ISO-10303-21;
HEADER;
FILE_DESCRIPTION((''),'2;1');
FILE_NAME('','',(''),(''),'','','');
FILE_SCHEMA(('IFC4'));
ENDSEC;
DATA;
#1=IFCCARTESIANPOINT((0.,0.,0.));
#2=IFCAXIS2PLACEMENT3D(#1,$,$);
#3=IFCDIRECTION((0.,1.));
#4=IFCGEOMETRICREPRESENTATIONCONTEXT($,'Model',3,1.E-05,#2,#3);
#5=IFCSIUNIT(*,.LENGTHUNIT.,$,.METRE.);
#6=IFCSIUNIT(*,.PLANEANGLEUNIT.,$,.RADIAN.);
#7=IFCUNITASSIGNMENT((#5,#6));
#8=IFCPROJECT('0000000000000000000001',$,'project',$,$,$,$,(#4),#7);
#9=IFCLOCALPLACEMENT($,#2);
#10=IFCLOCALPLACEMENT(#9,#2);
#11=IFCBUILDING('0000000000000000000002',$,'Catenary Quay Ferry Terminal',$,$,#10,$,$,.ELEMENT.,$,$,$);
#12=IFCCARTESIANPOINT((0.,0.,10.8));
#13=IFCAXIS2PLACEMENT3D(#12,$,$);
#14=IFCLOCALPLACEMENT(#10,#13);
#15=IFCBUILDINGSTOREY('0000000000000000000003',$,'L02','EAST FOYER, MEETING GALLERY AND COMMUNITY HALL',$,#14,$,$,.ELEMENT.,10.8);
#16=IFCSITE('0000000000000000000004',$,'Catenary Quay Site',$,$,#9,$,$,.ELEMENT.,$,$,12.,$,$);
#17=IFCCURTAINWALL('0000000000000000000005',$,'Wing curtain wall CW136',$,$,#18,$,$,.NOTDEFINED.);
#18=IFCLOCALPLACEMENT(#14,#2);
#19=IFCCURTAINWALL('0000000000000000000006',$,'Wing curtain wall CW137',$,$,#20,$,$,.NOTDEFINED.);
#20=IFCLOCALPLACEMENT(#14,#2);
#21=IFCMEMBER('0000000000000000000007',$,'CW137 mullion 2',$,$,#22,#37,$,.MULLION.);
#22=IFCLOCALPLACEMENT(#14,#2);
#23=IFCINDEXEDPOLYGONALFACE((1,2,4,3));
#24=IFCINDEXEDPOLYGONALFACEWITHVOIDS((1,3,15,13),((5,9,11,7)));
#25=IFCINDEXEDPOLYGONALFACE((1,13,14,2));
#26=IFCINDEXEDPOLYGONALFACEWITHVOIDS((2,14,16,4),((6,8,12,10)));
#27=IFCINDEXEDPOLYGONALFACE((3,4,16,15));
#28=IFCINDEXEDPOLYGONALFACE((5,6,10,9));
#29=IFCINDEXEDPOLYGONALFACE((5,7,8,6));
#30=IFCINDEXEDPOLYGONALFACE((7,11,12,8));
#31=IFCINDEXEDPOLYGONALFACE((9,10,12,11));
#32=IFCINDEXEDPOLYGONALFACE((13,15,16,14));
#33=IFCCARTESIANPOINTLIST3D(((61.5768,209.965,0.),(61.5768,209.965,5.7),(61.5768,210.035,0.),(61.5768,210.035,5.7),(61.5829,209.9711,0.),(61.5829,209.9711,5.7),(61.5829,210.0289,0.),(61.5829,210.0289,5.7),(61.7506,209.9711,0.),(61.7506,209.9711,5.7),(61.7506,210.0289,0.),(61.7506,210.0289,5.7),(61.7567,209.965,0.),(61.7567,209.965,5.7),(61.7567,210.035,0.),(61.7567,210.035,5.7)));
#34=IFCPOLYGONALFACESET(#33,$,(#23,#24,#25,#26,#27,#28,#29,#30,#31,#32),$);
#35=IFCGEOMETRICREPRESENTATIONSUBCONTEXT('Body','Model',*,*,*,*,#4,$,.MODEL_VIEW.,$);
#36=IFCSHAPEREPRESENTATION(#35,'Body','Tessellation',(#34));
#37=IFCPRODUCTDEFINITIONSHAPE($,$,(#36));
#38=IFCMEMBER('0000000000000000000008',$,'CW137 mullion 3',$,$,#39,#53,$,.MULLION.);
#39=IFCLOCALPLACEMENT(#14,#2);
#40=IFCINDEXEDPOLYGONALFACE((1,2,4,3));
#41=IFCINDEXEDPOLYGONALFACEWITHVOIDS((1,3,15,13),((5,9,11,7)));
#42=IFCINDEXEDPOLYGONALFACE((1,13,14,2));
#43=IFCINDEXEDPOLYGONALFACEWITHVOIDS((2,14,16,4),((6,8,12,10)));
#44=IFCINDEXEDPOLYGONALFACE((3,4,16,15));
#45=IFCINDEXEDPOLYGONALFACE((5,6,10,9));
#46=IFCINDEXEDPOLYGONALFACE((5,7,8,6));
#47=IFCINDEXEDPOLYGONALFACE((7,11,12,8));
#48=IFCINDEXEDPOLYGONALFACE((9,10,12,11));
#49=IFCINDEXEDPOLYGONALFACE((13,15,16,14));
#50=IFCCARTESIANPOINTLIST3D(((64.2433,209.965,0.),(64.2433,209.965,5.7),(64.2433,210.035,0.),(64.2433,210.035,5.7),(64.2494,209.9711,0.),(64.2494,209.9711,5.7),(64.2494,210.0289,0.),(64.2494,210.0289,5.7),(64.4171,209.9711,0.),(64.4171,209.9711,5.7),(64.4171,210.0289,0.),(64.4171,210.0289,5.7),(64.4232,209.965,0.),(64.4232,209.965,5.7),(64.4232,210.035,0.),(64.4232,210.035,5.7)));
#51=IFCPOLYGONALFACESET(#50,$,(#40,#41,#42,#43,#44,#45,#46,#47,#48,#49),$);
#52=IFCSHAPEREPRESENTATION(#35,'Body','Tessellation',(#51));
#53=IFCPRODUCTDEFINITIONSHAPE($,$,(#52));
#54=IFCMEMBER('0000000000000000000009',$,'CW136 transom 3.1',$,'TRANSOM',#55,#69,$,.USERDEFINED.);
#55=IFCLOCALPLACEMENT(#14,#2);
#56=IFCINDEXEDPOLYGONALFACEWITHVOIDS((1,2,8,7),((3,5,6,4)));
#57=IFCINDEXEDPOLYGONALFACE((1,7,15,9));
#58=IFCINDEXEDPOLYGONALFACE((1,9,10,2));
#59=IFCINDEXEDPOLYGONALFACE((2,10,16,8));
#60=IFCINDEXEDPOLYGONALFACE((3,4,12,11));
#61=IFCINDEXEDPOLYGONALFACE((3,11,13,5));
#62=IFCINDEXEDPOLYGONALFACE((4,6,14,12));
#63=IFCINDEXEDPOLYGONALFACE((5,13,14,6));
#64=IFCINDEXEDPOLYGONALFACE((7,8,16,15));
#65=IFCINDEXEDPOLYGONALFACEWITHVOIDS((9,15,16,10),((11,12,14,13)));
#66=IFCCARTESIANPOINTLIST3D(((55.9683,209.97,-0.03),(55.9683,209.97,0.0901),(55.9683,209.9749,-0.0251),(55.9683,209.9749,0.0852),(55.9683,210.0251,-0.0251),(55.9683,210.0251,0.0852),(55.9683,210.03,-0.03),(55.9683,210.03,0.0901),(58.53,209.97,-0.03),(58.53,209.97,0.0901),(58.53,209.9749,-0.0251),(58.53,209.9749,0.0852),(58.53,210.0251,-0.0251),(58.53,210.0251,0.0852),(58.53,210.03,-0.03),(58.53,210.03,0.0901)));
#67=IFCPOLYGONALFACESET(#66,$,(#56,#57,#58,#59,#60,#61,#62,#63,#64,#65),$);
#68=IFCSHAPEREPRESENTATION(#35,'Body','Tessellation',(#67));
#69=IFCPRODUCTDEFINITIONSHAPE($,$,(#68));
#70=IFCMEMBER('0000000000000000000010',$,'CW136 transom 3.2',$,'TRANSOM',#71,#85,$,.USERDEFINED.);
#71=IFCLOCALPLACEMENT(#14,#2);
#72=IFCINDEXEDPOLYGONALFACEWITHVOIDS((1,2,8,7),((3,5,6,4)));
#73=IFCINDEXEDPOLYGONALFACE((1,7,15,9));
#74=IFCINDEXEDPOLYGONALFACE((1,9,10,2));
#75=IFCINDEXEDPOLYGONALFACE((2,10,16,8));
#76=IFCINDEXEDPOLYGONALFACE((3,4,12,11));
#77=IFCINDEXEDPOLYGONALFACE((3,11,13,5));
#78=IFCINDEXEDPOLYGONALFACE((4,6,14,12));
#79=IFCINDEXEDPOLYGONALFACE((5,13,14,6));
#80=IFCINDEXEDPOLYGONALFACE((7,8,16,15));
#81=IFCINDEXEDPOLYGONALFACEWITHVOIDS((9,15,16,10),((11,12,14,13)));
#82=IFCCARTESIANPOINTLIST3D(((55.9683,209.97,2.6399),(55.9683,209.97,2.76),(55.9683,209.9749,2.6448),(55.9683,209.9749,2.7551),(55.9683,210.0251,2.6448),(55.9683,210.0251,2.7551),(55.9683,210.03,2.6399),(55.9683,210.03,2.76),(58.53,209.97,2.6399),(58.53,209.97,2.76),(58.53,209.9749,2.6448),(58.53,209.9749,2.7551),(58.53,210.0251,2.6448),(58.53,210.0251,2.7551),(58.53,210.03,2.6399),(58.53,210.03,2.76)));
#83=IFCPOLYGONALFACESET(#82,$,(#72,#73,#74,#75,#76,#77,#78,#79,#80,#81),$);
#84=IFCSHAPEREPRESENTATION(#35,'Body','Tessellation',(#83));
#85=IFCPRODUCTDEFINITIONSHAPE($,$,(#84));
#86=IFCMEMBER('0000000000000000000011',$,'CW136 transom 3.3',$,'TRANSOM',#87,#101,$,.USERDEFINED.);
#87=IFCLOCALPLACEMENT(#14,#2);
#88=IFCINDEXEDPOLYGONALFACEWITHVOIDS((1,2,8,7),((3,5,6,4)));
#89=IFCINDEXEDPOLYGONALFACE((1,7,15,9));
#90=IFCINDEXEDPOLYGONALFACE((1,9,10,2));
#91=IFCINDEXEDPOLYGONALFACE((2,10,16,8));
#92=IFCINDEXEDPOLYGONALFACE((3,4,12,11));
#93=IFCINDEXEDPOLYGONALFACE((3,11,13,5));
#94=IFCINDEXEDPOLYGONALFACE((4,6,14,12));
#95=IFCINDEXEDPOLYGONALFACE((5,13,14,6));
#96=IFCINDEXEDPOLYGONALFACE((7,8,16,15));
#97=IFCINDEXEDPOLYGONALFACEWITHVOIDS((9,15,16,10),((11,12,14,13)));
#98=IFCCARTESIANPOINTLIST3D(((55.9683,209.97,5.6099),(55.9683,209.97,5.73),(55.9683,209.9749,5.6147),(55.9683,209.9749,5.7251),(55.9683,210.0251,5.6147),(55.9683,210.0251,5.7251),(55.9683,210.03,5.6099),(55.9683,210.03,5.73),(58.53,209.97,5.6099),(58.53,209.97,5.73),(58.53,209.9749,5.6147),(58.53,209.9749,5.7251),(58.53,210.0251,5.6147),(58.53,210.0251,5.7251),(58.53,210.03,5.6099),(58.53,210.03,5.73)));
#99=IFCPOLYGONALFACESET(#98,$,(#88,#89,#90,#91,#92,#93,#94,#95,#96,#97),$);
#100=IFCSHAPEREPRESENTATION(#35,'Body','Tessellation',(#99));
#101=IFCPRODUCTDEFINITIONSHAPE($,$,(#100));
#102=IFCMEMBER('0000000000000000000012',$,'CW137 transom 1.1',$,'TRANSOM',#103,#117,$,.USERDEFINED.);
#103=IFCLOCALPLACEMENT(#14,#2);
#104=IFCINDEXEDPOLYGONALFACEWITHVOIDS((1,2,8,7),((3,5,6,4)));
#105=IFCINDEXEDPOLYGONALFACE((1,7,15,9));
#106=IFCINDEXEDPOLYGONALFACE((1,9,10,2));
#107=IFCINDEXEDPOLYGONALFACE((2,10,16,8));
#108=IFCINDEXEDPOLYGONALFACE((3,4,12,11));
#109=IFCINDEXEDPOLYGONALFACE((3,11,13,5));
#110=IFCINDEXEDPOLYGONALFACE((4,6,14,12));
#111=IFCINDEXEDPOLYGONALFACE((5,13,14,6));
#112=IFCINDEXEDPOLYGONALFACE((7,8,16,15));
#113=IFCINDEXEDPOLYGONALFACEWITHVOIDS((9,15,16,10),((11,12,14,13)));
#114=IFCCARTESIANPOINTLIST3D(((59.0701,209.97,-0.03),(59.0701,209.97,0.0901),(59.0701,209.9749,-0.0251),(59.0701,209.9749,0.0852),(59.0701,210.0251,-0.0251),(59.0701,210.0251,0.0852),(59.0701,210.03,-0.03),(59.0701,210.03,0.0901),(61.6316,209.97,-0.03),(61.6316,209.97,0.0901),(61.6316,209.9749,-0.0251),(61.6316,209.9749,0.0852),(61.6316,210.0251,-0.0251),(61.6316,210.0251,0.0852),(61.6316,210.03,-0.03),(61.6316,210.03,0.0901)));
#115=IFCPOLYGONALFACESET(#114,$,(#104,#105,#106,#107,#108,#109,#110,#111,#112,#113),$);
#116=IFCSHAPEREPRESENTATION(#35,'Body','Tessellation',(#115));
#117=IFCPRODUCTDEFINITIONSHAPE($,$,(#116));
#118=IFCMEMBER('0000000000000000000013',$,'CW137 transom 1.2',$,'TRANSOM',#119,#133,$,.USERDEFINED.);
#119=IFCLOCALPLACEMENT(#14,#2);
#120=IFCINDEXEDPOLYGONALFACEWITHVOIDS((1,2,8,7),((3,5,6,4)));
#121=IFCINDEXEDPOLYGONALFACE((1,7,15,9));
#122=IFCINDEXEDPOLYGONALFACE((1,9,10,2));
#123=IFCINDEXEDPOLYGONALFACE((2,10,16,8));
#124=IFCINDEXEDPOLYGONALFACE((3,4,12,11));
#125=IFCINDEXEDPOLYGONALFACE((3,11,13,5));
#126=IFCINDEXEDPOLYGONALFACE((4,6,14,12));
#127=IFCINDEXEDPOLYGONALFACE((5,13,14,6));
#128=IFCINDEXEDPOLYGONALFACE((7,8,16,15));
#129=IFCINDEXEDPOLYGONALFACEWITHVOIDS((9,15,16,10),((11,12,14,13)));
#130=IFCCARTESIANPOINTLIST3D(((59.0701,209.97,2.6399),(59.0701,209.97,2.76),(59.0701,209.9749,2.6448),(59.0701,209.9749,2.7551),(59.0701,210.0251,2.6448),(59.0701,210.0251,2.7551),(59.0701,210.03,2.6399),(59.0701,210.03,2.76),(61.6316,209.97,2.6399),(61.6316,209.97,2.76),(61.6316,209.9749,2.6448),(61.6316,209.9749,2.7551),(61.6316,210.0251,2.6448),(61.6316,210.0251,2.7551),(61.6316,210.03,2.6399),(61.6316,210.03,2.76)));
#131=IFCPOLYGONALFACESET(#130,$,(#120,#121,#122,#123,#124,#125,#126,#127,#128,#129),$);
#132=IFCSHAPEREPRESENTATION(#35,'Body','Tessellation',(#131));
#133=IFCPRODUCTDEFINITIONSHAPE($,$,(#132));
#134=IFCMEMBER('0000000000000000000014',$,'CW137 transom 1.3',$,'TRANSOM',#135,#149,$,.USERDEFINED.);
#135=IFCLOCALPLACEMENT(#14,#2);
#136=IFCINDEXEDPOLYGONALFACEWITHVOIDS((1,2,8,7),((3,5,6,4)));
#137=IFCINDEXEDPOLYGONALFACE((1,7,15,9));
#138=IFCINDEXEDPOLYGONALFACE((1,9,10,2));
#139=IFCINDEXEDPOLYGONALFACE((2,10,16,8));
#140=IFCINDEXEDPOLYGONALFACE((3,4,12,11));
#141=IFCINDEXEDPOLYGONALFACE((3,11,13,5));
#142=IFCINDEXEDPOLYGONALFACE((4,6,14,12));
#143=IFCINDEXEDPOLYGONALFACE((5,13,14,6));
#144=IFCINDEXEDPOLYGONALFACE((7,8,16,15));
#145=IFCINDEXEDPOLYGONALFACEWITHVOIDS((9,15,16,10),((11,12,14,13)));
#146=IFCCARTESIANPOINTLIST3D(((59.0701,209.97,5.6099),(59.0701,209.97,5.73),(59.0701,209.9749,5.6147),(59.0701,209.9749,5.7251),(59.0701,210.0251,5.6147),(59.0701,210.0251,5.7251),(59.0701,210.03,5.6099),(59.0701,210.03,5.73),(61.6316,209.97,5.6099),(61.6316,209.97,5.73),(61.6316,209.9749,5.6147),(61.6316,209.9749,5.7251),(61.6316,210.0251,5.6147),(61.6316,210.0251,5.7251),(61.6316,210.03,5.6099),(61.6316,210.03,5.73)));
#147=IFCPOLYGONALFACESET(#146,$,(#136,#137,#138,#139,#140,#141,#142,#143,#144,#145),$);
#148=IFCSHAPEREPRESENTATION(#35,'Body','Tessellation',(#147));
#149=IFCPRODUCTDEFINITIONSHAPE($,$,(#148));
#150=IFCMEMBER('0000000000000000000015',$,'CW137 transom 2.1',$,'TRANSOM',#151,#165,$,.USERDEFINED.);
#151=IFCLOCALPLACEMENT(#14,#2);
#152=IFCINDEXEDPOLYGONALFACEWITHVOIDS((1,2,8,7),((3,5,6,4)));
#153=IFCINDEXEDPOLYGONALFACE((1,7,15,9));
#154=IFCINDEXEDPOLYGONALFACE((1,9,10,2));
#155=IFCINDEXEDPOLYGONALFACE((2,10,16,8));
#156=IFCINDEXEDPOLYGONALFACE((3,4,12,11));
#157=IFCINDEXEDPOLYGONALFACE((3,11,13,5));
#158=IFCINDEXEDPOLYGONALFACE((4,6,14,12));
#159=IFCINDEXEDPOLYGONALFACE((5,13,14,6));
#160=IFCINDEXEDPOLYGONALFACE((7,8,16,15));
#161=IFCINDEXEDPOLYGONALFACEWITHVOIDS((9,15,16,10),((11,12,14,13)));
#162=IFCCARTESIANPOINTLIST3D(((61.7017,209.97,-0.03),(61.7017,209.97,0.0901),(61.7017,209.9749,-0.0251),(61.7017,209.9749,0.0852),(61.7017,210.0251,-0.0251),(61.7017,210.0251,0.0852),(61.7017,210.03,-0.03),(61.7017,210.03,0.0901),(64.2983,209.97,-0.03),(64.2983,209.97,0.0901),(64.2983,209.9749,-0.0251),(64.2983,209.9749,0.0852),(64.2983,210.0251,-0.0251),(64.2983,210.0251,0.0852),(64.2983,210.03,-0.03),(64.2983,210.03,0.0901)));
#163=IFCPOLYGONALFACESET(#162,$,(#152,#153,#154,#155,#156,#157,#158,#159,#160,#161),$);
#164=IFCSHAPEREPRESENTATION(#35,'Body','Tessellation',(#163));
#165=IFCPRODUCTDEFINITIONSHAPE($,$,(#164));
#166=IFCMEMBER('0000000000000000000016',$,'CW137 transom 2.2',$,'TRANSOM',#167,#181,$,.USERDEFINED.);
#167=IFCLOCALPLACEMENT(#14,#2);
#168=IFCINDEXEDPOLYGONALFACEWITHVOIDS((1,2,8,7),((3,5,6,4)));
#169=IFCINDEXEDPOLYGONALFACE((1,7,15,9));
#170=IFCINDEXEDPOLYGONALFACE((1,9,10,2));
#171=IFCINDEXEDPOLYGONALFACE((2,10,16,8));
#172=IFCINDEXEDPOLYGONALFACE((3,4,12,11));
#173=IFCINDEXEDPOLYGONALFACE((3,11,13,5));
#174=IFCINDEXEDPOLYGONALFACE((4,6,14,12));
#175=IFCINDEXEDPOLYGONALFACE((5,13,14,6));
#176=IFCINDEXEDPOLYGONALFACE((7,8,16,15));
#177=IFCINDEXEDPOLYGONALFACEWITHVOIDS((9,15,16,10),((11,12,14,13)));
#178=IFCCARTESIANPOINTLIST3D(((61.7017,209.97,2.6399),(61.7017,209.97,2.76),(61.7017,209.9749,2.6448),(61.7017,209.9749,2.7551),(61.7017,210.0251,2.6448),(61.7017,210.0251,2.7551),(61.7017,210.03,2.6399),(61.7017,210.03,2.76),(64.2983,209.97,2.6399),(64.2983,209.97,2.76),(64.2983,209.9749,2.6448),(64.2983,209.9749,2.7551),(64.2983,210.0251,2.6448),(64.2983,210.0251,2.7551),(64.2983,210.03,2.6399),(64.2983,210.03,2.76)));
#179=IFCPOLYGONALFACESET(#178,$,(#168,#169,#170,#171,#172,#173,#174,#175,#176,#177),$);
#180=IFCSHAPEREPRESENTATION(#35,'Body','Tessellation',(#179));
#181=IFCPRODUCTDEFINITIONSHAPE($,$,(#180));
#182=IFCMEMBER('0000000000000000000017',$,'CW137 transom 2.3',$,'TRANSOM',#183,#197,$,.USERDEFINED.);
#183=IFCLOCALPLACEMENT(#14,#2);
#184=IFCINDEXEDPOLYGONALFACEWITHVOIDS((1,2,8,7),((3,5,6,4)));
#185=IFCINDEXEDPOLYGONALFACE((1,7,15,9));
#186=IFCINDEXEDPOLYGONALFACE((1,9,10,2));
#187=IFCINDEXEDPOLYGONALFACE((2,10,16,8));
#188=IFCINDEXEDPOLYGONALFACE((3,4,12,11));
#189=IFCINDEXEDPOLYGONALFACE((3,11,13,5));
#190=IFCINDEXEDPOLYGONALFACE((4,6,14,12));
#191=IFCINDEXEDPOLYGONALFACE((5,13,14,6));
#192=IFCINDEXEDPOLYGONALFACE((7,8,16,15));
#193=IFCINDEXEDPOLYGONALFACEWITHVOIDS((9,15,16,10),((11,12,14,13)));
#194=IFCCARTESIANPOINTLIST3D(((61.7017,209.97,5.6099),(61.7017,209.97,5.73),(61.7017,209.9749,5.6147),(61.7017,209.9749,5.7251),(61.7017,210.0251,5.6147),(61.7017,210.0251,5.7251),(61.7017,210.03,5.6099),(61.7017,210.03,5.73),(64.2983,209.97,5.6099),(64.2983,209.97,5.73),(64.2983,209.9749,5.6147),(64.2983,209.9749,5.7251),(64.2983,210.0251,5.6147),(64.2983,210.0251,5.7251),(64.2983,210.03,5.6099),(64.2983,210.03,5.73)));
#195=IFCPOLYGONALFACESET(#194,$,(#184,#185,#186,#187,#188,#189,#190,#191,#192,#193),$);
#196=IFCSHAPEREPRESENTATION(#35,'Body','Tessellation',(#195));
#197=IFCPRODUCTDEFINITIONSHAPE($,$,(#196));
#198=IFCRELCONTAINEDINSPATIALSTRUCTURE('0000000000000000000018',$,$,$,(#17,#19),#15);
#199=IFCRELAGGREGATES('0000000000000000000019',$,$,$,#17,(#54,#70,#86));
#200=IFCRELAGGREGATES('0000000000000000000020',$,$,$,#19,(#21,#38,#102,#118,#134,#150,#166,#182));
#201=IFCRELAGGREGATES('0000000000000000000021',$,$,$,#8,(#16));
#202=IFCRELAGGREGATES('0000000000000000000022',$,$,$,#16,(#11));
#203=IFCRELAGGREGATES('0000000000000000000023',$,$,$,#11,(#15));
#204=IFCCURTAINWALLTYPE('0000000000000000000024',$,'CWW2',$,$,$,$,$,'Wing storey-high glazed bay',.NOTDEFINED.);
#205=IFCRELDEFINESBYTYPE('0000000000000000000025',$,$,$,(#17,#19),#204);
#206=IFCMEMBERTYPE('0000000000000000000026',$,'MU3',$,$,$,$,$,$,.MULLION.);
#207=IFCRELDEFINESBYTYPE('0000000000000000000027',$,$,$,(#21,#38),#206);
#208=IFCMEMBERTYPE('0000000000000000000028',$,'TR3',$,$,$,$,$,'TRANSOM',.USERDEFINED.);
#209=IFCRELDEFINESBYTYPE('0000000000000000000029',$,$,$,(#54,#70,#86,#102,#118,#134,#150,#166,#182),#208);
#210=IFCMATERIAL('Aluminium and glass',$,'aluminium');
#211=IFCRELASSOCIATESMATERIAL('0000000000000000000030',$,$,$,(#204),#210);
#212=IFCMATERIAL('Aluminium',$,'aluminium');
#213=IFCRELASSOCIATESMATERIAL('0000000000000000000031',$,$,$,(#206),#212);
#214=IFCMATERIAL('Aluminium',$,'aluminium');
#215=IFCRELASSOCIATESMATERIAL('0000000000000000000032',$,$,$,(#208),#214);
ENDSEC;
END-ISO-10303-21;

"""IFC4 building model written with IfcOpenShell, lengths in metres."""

from ifc_helpers import new_model, si_unit, direction, frame, origin, origin_2d, place, context, subcontext, project, spatial, hollow_rectangle, extrude, material, material_profile, profile_set, type_object, element, aggregate, save


model = new_model("IFC4")

# Units and contexts
model_context = context("Model", 3, precision=1e-05, world=origin(), true_north=direction((0.0, 1.0)))
body_context = subcontext(model_context, "Body", "Model", "MODEL_VIEW")
ifc_project = project(units=[si_unit("LENGTHUNIT", "METRE"), si_unit("PLANEANGLEUNIT", "RADIAN")], contexts=[model_context])

# Site, building, storey
site_placement = place(None, origin())
site = spatial("IfcSite", under=ifc_project, at=site_placement, Name="Catenary Quay Site", CompositionType="ELEMENT", RefElevation=12.0)
building_placement = place(site_placement, origin())
building = spatial("IfcBuilding", under=site, at=building_placement, Name="Catenary Quay Ferry Terminal", CompositionType="ELEMENT")
storey_placement = place(building_placement, frame((0.0, 0.0, 10.8)))
storey = spatial("IfcBuildingStorey", under=building, at=storey_placement, Name="L02", Description="EAST FOYER, MEETING GALLERY AND COMMUNITY HALL", CompositionType="ELEMENT", Elevation=10.8)

# Curtain wall
ifc_material_1 = material(Name="Aluminium and glass", Category="aluminium")
curtain_wall_type = type_object("IfcCurtainWallType", Name="CWW2", ElementType="Wing storey-high glazed bay", PredefinedType="NOTDEFINED", material=ifc_material_1)
curtain_wall_1_placement = place(storey_placement, origin())
curtain_wall_1 = element("IfcCurtainWall", 1, at=curtain_wall_1_placement, inside=storey, type_object=curtain_wall_type, Name="Wing curtain wall CW136", PredefinedType="NOTDEFINED")
ifc_material_2 = material(Name="Aluminium", Category="aluminium")
ifc_material_profile_1 = material_profile(ifc_material_2, hollow_rectangle(XDim=0.0701, YDim=0.1799, WallThickness=0.0061, at=origin_2d()), Name="MU3")
ifc_profile_set_1 = profile_set([ifc_material_profile_1], Name="Aluminium")
member_type_1 = type_object("IfcMemberType", Name="MU3", PredefinedType="MULLION", material=ifc_profile_set_1)

# Curtain wall, members
curtain_wall_2_placement = place(storey_placement, origin())
curtain_wall_2 = element("IfcCurtainWall", 2, at=curtain_wall_2_placement, inside=storey, type_object=curtain_wall_type, Name="Wing curtain wall CW137", PredefinedType="NOTDEFINED")
member_1_placement = place(storey_placement, frame((61.6667, 210.0, 0.0), z_axis=(0.0, 0.0, 1.0), x_axis=(0.0, 1.0, 0.0)))
member_1 = element("IfcMember", 3, at=member_1_placement, type_object=member_type_1, Name="CW137 mullion 2", PredefinedType="MULLION", context=body_context, shape_type="SweptSolid", body=[
    extrude(hollow_rectangle(XDim=0.0701, YDim=0.1799, WallThickness=0.0061, at=origin_2d()), origin(), (0.0, 0.0, 1.0), 5.7),
])
member_2_placement = place(storey_placement, frame((64.3333, 210.0, 0.0), z_axis=(0.0, 0.0, 1.0), x_axis=(0.0, 1.0, 0.0)))
member_2 = element("IfcMember", 4, at=member_2_placement, type_object=member_type_1, Name="CW137 mullion 3", PredefinedType="MULLION", context=body_context, shape_type="SweptSolid", body=[
    extrude(hollow_rectangle(XDim=0.0701, YDim=0.1799, WallThickness=0.0061, at=origin_2d()), origin(), (0.0, 0.0, 1.0), 5.7),
])

# Members
ifc_material_3 = material(Name="Aluminium", Category="aluminium")
ifc_material_profile_2 = material_profile(ifc_material_3, hollow_rectangle(XDim=0.0601, YDim=0.1201, WallThickness=0.0049, at=origin_2d()), Name="TR3")
ifc_profile_set_2 = profile_set([ifc_material_profile_2], Name="Aluminium")
member_type_2 = type_object("IfcMemberType", Name="TR3", ElementType="TRANSOM", PredefinedType="USERDEFINED", material=ifc_profile_set_2)
member_3_placement = place(storey_placement, frame((55.9683, 210.0, 0.03), z_axis=(1.0, 0.0, 0.0), x_axis=(0.0, 1.0, 0.0)))
member_3 = element("IfcMember", 5, at=member_3_placement, type_object=member_type_2, Name="CW136 transom 3.1", ObjectType="TRANSOM", PredefinedType="USERDEFINED", context=body_context, shape_type="SweptSolid", body=[
    extrude(hollow_rectangle(XDim=0.0601, YDim=0.1201, WallThickness=0.0049, at=origin_2d()), origin(), (0.0, 0.0, 1.0), 2.5618),
])
member_4_placement = place(storey_placement, frame((55.9683, 210.0, 2.7), z_axis=(1.0, 0.0, 0.0), x_axis=(0.0, 1.0, 0.0)))
member_4 = element("IfcMember", 6, at=member_4_placement, type_object=member_type_2, Name="CW136 transom 3.2", ObjectType="TRANSOM", PredefinedType="USERDEFINED", context=body_context, shape_type="SweptSolid", body=[
    extrude(hollow_rectangle(XDim=0.0601, YDim=0.1201, WallThickness=0.0049, at=origin_2d()), origin(), (0.0, 0.0, 1.0), 2.5618),
])
member_5_placement = place(storey_placement, frame((55.9683, 210.0, 5.6699), z_axis=(1.0, 0.0, 0.0), x_axis=(0.0, 1.0, 0.0)))
member_5 = element("IfcMember", 7, at=member_5_placement, type_object=member_type_2, Name="CW136 transom 3.3", ObjectType="TRANSOM", PredefinedType="USERDEFINED", context=body_context, shape_type="SweptSolid", body=[
    extrude(hollow_rectangle(XDim=0.0601, YDim=0.1201, WallThickness=0.0049, at=origin_2d()), origin(), (0.0, 0.0, 1.0), 2.5618),
])
member_6_placement = place(storey_placement, frame((59.0701, 210.0, 0.03), z_axis=(1.0, 0.0, 0.0), x_axis=(0.0, 1.0, 0.0)))
member_6 = element("IfcMember", 8, at=member_6_placement, type_object=member_type_2, Name="CW137 transom 1.1", ObjectType="TRANSOM", PredefinedType="USERDEFINED", context=body_context, shape_type="SweptSolid", body=[
    extrude(hollow_rectangle(XDim=0.0601, YDim=0.1201, WallThickness=0.0049, at=origin_2d()), origin(), (0.0, 0.0, 1.0), 2.5615),
])
member_7_placement = place(storey_placement, frame((59.0701, 210.0, 2.7), z_axis=(1.0, 0.0, 0.0), x_axis=(0.0, 1.0, 0.0)))
member_7 = element("IfcMember", 9, at=member_7_placement, type_object=member_type_2, Name="CW137 transom 1.2", ObjectType="TRANSOM", PredefinedType="USERDEFINED", context=body_context, shape_type="SweptSolid", body=[
    extrude(hollow_rectangle(XDim=0.0601, YDim=0.1201, WallThickness=0.0049, at=origin_2d()), origin(), (0.0, 0.0, 1.0), 2.5615),
])
member_8_placement = place(storey_placement, frame((59.0701, 210.0, 5.6699), z_axis=(1.0, 0.0, 0.0), x_axis=(0.0, 1.0, 0.0)))
member_8 = element("IfcMember", 10, at=member_8_placement, type_object=member_type_2, Name="CW137 transom 1.3", ObjectType="TRANSOM", PredefinedType="USERDEFINED", context=body_context, shape_type="SweptSolid", body=[
    extrude(hollow_rectangle(XDim=0.0601, YDim=0.1201, WallThickness=0.0049, at=origin_2d()), origin(), (0.0, 0.0, 1.0), 2.5615),
])
member_9_placement = place(storey_placement, frame((61.7017, 210.0, 0.03), z_axis=(1.0, 0.0, 0.0), x_axis=(0.0, 1.0, 0.0)))
member_9 = element("IfcMember", 11, at=member_9_placement, type_object=member_type_2, Name="CW137 transom 2.1", ObjectType="TRANSOM", PredefinedType="USERDEFINED", context=body_context, shape_type="SweptSolid", body=[
    extrude(hollow_rectangle(XDim=0.0601, YDim=0.1201, WallThickness=0.0049, at=origin_2d()), origin(), (0.0, 0.0, 1.0), 2.5967),
])
member_10_placement = place(storey_placement, frame((61.7017, 210.0, 2.7), z_axis=(1.0, 0.0, 0.0), x_axis=(0.0, 1.0, 0.0)))
member_10 = element("IfcMember", 12, at=member_10_placement, type_object=member_type_2, Name="CW137 transom 2.2", ObjectType="TRANSOM", PredefinedType="USERDEFINED", context=body_context, shape_type="SweptSolid", body=[
    extrude(hollow_rectangle(XDim=0.0601, YDim=0.1201, WallThickness=0.0049, at=origin_2d()), origin(), (0.0, 0.0, 1.0), 2.5967),
])
member_11_placement = place(storey_placement, frame((61.7017, 210.0, 5.6699), z_axis=(1.0, 0.0, 0.0), x_axis=(0.0, 1.0, 0.0)))
member_11 = element("IfcMember", 13, at=member_11_placement, type_object=member_type_2, Name="CW137 transom 2.3", ObjectType="TRANSOM", PredefinedType="USERDEFINED", context=body_context, shape_type="SweptSolid", body=[
    extrude(hollow_rectangle(XDim=0.0601, YDim=0.1201, WallThickness=0.0049, at=origin_2d()), origin(), (0.0, 0.0, 1.0), 2.5967),
])

aggregate(curtain_wall_1, [member_3, member_4, member_5])
aggregate(curtain_wall_2, [member_1, member_2, member_6, member_7, member_8, member_9, member_10, member_11])

save(model, "model.ifc")
